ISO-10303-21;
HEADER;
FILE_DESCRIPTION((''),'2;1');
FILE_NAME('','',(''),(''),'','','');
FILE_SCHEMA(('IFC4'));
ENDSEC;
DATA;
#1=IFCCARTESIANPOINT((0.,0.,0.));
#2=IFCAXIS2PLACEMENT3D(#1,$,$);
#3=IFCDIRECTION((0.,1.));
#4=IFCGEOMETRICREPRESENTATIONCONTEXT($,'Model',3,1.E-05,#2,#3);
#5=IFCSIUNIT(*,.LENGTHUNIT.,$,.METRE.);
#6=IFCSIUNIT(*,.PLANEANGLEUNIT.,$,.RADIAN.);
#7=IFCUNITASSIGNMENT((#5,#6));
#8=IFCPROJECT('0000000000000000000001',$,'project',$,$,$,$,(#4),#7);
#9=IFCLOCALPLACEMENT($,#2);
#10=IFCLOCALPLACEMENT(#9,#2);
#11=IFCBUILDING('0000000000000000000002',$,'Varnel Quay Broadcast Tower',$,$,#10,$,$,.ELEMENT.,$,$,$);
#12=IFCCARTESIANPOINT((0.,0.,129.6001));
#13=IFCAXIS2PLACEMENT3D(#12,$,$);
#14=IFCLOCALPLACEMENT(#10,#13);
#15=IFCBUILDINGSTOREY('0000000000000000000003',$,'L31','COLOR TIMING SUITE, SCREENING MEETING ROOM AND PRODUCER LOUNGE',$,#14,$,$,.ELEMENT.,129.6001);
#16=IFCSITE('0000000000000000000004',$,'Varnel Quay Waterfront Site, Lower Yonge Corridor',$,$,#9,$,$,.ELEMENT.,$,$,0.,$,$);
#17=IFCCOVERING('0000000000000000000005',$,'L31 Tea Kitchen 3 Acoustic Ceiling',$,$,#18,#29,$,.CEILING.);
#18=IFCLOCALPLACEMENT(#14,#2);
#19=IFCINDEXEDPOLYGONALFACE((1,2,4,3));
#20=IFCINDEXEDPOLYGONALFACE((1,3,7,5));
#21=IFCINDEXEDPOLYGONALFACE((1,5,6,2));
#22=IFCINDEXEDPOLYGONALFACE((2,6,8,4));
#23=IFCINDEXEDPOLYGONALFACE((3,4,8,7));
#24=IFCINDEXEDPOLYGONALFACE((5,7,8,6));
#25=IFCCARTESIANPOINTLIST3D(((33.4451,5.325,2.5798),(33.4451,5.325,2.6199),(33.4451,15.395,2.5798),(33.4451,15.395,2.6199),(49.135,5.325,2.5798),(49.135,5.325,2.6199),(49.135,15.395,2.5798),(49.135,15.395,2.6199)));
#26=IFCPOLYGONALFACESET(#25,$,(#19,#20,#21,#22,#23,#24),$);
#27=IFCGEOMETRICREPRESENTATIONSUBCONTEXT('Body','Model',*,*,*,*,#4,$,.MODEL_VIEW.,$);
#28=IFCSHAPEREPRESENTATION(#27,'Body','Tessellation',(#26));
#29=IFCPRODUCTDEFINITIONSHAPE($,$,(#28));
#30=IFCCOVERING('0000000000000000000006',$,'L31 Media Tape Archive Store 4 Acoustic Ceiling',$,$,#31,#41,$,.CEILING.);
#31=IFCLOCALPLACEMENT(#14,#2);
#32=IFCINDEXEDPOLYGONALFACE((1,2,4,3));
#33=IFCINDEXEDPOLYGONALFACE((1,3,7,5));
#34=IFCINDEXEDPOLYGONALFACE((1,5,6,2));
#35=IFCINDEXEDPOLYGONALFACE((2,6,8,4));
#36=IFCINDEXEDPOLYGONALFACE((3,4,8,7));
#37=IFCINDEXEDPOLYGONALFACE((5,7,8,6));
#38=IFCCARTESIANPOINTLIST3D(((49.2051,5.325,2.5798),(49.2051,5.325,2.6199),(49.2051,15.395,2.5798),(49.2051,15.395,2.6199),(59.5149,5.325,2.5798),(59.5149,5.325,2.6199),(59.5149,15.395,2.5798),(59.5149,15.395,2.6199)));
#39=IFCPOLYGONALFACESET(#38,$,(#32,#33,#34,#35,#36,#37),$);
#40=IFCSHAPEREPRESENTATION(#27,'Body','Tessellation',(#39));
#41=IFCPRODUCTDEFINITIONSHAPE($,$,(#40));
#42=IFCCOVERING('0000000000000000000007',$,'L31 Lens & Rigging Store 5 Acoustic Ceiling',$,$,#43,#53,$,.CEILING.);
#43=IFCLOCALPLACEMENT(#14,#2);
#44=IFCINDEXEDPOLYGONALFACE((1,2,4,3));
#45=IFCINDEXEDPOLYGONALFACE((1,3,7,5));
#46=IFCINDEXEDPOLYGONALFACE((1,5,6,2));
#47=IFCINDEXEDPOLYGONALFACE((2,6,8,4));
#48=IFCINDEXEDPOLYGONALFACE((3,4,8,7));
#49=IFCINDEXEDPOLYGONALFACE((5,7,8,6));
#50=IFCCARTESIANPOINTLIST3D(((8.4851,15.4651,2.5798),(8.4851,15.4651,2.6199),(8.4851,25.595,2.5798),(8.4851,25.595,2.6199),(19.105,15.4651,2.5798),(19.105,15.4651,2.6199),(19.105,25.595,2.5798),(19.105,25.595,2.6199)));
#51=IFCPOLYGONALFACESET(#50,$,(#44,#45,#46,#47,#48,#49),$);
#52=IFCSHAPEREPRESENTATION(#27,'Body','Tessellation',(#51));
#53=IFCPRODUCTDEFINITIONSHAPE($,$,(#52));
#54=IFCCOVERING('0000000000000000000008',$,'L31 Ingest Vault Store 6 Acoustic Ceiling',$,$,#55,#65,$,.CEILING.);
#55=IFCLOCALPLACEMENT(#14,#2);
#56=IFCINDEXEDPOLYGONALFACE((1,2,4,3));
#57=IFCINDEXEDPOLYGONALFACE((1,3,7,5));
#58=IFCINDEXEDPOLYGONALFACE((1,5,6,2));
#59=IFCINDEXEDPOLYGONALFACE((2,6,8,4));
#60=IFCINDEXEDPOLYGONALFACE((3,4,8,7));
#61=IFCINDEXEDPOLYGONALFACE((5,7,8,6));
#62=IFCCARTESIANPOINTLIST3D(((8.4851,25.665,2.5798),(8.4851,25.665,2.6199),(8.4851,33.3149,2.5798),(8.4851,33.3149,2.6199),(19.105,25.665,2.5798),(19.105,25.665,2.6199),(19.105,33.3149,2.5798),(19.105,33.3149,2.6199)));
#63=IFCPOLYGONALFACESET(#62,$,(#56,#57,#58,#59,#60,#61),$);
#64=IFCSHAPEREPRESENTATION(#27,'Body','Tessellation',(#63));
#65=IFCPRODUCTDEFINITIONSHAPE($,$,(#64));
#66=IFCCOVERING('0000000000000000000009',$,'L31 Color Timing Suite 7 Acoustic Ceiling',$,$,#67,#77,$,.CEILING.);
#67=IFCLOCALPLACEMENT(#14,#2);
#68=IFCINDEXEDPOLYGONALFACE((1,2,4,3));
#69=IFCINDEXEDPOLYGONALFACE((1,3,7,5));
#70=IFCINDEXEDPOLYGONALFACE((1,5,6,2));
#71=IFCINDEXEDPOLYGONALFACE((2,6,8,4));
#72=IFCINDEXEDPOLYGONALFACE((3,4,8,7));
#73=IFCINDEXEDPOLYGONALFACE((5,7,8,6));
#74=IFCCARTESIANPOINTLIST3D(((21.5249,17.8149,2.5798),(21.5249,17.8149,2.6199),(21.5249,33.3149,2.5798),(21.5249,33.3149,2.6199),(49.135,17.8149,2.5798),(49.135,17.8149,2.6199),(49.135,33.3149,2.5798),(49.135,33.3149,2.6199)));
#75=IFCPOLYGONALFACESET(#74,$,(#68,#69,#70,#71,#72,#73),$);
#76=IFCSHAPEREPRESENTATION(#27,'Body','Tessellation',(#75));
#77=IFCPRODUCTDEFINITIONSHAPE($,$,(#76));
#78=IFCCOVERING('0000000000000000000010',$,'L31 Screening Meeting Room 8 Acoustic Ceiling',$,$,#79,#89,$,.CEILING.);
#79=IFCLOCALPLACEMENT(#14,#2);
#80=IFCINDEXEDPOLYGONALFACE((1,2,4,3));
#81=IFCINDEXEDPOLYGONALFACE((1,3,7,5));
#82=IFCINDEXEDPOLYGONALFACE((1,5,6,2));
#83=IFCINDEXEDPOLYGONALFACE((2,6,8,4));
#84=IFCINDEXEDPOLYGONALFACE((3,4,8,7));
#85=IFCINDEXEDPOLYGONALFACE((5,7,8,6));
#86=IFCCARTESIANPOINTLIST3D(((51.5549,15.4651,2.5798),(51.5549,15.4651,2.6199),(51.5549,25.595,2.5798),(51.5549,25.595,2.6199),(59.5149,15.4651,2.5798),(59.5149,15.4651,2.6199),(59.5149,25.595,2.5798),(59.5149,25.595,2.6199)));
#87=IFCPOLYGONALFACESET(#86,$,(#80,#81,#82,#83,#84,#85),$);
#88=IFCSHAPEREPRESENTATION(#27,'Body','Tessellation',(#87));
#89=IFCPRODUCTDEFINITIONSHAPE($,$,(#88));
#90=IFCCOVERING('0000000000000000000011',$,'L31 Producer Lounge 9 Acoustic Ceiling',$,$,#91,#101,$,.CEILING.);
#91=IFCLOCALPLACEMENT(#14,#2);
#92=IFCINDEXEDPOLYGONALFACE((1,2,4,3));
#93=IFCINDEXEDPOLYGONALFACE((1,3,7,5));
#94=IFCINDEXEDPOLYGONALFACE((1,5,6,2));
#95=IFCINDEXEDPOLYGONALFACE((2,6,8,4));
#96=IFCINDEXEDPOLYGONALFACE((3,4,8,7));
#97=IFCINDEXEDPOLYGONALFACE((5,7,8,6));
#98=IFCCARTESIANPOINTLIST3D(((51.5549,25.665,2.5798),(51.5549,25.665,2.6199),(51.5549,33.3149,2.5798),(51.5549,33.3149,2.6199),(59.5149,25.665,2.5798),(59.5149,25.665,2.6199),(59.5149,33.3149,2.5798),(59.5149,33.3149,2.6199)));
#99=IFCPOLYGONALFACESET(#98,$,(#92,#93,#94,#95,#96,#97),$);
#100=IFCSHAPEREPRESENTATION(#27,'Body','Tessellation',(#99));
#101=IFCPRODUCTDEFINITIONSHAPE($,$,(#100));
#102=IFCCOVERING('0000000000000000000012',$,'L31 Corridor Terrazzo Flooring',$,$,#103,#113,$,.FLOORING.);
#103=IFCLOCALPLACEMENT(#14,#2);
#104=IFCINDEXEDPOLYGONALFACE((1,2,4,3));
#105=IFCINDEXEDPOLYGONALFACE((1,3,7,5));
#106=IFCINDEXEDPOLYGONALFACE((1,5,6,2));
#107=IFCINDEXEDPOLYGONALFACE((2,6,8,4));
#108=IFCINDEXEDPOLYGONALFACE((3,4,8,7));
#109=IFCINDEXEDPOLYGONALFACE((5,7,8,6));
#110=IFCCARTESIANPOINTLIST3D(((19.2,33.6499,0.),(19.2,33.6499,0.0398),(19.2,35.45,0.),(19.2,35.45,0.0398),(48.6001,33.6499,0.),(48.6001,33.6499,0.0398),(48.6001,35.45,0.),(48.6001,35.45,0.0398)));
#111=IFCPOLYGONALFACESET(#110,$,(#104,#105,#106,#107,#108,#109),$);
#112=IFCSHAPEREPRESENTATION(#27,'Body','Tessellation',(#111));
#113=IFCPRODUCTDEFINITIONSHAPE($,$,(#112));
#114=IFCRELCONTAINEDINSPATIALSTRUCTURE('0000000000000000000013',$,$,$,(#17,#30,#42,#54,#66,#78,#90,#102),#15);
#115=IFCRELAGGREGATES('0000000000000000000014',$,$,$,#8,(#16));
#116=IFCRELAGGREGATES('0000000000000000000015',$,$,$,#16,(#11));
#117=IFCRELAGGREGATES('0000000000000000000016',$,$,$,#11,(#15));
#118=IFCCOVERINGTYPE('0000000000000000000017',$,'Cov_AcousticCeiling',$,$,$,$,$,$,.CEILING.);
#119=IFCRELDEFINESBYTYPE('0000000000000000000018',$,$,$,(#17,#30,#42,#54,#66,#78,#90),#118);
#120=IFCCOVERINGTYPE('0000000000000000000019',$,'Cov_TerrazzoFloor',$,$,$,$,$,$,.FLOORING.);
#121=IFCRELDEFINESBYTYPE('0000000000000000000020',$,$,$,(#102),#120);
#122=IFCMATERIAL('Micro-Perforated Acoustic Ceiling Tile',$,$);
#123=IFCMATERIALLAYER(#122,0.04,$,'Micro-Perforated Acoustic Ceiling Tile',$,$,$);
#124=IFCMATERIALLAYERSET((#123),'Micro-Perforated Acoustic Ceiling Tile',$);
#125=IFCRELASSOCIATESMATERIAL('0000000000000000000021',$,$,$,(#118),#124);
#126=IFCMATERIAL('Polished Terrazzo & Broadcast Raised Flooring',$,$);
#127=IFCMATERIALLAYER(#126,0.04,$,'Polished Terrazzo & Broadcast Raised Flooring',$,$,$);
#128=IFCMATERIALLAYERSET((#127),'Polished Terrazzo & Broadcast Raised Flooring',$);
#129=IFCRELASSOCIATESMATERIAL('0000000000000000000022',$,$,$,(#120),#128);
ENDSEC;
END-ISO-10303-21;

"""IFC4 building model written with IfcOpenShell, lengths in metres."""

from ifc_helpers import new_model, si_unit, direction, frame, origin, place, context, subcontext, project, spatial, polyline, outline, extrude, material, layer, layer_set, type_object, element, save


model = new_model("IFC4")

# Units and contexts
model_context = context("Model", 3, precision=1e-05, world=origin(), true_north=direction((0.0, 1.0)))
body_context = subcontext(model_context, "Body", "Model", "MODEL_VIEW")
ifc_project = project(units=[si_unit("LENGTHUNIT", "METRE"), si_unit("PLANEANGLEUNIT", "RADIAN")], contexts=[model_context])

# Site, building, storey
site_placement = place(None, origin())
site = spatial("IfcSite", under=ifc_project, at=site_placement, Name="Varnel Quay Waterfront Site, Lower Yonge Corridor", CompositionType="ELEMENT", RefElevation=0.0)
building_placement = place(site_placement, origin())
building = spatial("IfcBuilding", under=site, at=building_placement, Name="Varnel Quay Broadcast Tower", CompositionType="ELEMENT")
storey_placement = place(building_placement, frame((0.0, 0.0, 129.6001)))
storey = spatial("IfcBuildingStorey", under=building, at=storey_placement, Name="L31", Description="COLOR TIMING SUITE, SCREENING MEETING ROOM AND PRODUCER LOUNGE", CompositionType="ELEMENT", Elevation=129.6001)

# Coverings
ifc_material_1 = material(Name="Micro-Perforated Acoustic Ceiling Tile")
ifc_layer_1 = layer(ifc_material_1, 0.04, Name="Micro-Perforated Acoustic Ceiling Tile")
ifc_layer_set_1 = layer_set([ifc_layer_1], Name="Micro-Perforated Acoustic Ceiling Tile")
covering_type_1 = type_object("IfcCoveringType", Name="Cov_AcousticCeiling", PredefinedType="CEILING", material=ifc_layer_set_1)
covering_1_placement = place(storey_placement, frame((0.0, 0.0, 2.5798)))
element("IfcCovering", 1, at=covering_1_placement, inside=storey, type_object=covering_type_1, Name="L31 Tea Kitchen 3 Acoustic Ceiling", PredefinedType="CEILING", context=body_context, shape_type="SweptSolid", body=[
    extrude(outline(polyline([(33.4451, 5.325), (49.135, 5.325), (49.135, 15.395), (33.4451, 15.395), (33.4451, 5.325)])), origin(), (0.0, 0.0, 1.0), 0.04),
])
covering_2_placement = place(storey_placement, frame((0.0, 0.0, 2.5798)))
element("IfcCovering", 2, at=covering_2_placement, inside=storey, type_object=covering_type_1, Name="L31 Media Tape Archive Store 4 Acoustic Ceiling", PredefinedType="CEILING", context=body_context, shape_type="SweptSolid", body=[
    extrude(outline(polyline([(49.2051, 5.325), (59.5149, 5.325), (59.5149, 15.395), (49.2051, 15.395), (49.2051, 5.325)])), origin(), (0.0, 0.0, 1.0), 0.04),
])
covering_3_placement = place(storey_placement, frame((0.0, 0.0, 2.5798)))
element("IfcCovering", 3, at=covering_3_placement, inside=storey, type_object=covering_type_1, Name="L31 Lens & Rigging Store 5 Acoustic Ceiling", PredefinedType="CEILING", context=body_context, shape_type="SweptSolid", body=[
    extrude(outline(polyline([(8.4851, 15.4651), (19.105, 15.4651), (19.105, 25.595), (8.4851, 25.595), (8.4851, 15.4651)])), origin(), (0.0, 0.0, 1.0), 0.04),
])
covering_4_placement = place(storey_placement, frame((0.0, 0.0, 2.5798)))
element("IfcCovering", 4, at=covering_4_placement, inside=storey, type_object=covering_type_1, Name="L31 Ingest Vault Store 6 Acoustic Ceiling", PredefinedType="CEILING", context=body_context, shape_type="SweptSolid", body=[
    extrude(outline(polyline([(8.4851, 25.665), (19.105, 25.665), (19.105, 33.3149), (8.4851, 33.3149), (8.4851, 25.665)])), origin(), (0.0, 0.0, 1.0), 0.04),
])
covering_5_placement = place(storey_placement, frame((0.0, 0.0, 2.5798)))
element("IfcCovering", 5, at=covering_5_placement, inside=storey, type_object=covering_type_1, Name="L31 Color Timing Suite 7 Acoustic Ceiling", PredefinedType="CEILING", context=body_context, shape_type="SweptSolid", body=[
    extrude(outline(polyline([(21.5249, 17.8149), (49.135, 17.8149), (49.135, 33.3149), (21.5249, 33.3149), (21.5249, 17.8149)])), origin(), (0.0, 0.0, 1.0), 0.04),
])
covering_6_placement = place(storey_placement, frame((0.0, 0.0, 2.5798)))
element("IfcCovering", 6, at=covering_6_placement, inside=storey, type_object=covering_type_1, Name="L31 Screening Meeting Room 8 Acoustic Ceiling", PredefinedType="CEILING", context=body_context, shape_type="SweptSolid", body=[
    extrude(outline(polyline([(51.5549, 15.4651), (59.5149, 15.4651), (59.5149, 25.595), (51.5549, 25.595), (51.5549, 15.4651)])), origin(), (0.0, 0.0, 1.0), 0.04),
])
covering_7_placement = place(storey_placement, frame((0.0, 0.0, 2.5798)))
element("IfcCovering", 7, at=covering_7_placement, inside=storey, type_object=covering_type_1, Name="L31 Producer Lounge 9 Acoustic Ceiling", PredefinedType="CEILING", context=body_context, shape_type="SweptSolid", body=[
    extrude(outline(polyline([(51.5549, 25.665), (59.5149, 25.665), (59.5149, 33.3149), (51.5549, 33.3149), (51.5549, 25.665)])), origin(), (0.0, 0.0, 1.0), 0.04),
])
ifc_material_2 = material(Name="Polished Terrazzo & Broadcast Raised Flooring")
ifc_layer_2 = layer(ifc_material_2, 0.04, Name="Polished Terrazzo & Broadcast Raised Flooring")
ifc_layer_set_2 = layer_set([ifc_layer_2], Name="Polished Terrazzo & Broadcast Raised Flooring")
covering_type_2 = type_object("IfcCoveringType", Name="Cov_TerrazzoFloor", PredefinedType="FLOORING", material=ifc_layer_set_2)
covering_8_placement = place(storey_placement, origin())
element("IfcCovering", 8, at=covering_8_placement, inside=storey, type_object=covering_type_2, Name="L31 Corridor Terrazzo Flooring", PredefinedType="FLOORING", context=body_context, shape_type="SweptSolid", body=[
    extrude(outline(polyline([(19.2, 33.6499), (48.6001, 33.6499), (48.6001, 35.45), (19.2, 35.45), (19.2, 33.6499)])), origin(), (0.0, 0.0, 1.0), 0.0398),
])

save(model, "model.ifc")
